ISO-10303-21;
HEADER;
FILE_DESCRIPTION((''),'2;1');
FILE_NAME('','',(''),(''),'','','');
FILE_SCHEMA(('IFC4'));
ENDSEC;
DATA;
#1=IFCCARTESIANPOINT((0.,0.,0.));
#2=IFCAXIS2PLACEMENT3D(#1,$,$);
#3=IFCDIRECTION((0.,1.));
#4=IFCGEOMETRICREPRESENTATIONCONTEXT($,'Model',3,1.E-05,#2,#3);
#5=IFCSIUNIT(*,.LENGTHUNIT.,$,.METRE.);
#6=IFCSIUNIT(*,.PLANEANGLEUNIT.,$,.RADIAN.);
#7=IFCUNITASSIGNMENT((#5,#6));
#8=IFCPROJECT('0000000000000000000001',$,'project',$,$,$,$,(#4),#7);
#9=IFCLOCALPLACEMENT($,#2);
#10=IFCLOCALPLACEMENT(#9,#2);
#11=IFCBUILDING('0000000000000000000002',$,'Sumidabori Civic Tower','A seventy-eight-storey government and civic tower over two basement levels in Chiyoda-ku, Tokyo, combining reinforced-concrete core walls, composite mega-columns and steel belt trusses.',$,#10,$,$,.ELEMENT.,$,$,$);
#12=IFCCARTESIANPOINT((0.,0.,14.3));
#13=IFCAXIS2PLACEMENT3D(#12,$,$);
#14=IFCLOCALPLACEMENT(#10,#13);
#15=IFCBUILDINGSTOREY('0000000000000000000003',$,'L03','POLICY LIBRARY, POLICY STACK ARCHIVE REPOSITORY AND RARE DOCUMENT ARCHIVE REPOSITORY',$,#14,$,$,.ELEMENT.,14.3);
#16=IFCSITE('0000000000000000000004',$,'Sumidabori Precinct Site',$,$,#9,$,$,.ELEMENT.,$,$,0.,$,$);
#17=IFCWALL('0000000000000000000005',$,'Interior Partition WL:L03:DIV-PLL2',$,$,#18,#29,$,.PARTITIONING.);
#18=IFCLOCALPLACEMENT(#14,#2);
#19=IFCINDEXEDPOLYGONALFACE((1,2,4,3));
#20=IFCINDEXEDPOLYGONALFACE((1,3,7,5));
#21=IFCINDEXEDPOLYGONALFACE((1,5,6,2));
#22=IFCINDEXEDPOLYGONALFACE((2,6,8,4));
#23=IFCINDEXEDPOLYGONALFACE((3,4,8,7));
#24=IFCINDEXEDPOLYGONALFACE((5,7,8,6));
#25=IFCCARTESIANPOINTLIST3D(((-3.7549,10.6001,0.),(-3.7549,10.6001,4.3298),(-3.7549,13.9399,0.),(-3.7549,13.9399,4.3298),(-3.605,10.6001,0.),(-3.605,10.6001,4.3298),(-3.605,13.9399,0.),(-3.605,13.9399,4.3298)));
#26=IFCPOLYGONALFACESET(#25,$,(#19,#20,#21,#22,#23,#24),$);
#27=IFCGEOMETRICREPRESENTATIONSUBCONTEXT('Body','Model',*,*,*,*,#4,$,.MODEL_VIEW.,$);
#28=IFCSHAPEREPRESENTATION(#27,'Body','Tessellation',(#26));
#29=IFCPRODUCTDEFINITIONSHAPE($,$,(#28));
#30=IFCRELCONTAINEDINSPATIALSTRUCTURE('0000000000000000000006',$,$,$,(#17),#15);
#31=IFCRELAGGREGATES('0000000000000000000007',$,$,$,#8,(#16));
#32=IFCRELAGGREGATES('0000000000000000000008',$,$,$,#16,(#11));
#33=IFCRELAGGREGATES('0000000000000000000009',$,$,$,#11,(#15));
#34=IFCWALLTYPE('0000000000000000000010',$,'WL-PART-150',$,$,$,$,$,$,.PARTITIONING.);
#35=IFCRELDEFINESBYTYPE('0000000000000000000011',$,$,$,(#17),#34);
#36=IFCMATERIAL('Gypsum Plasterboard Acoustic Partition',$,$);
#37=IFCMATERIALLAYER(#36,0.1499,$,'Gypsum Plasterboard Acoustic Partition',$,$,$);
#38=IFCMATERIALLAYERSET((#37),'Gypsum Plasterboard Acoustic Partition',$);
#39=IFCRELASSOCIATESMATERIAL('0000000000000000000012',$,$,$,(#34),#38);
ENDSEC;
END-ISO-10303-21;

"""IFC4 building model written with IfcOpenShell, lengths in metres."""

from ifc_helpers import new_model, si_unit, direction, frame, frame_2d, origin, place, context, subcontext, project, spatial, rectangle, extrude, source, transform, mapped, material, layer, layer_set, type_object, element, save


model = new_model("IFC4")

# Units and contexts
model_context = context("Model", 3, precision=1e-05, world=origin(), true_north=direction((0.0, 1.0)))
body_context = subcontext(model_context, "Body", "Model", "MODEL_VIEW")
ifc_project = project(units=[si_unit("LENGTHUNIT", "METRE"), si_unit("PLANEANGLEUNIT", "RADIAN")], contexts=[model_context])

# Site, building, storey
site_placement = place(None, origin())
site = spatial("IfcSite", under=ifc_project, at=site_placement, Name="Sumidabori Precinct Site", CompositionType="ELEMENT", RefElevation=0.0)
building_placement = place(site_placement, origin())
building = spatial("IfcBuilding", under=site, at=building_placement, Name="Sumidabori Civic Tower", Description="A seventy-eight-storey government and civic tower over two basement levels in Chiyoda-ku, Tokyo, combining reinforced-concrete core walls, composite mega-columns and steel belt trusses.", CompositionType="ELEMENT")
storey_placement = place(building_placement, frame((0.0, 0.0, 14.3)))
storey = spatial("IfcBuildingStorey", under=building, at=storey_placement, Name="L03", Description="POLICY LIBRARY, POLICY STACK ARCHIVE REPOSITORY AND RARE DOCUMENT ARCHIVE REPOSITORY", CompositionType="ELEMENT", Elevation=14.3)

# Wall
ifc_material_1 = material(Name="Gypsum Plasterboard Acoustic Partition")
ifc_layer_1 = layer(ifc_material_1, 0.1499, Name="Gypsum Plasterboard Acoustic Partition")
ifc_layer_set_1 = layer_set([ifc_layer_1], Name="Gypsum Plasterboard Acoustic Partition")
wall_type_1 = type_object("IfcWallType", Name="WL-PART-150", PredefinedType="PARTITIONING", material=ifc_layer_set_1)
shared_shape_1 = source(origin(), body_context, "Body", "SweptSolid", [
    extrude(rectangle(XDim=3.3398, YDim=0.1499, at=frame_2d((1.6699, 0.0))), origin(), (0.0, 0.0, 1.0), 4.3298),
])
for number, where, z_axis, x_axis, name in (
    (1, (-3.6799, 10.6001, 0.0), (0.0, 0.0, 1.0), (0.0, 1.0, 0.0), "Interior Partition WL:L03:DIV-PLL2"),
):
    element("IfcWall", number, at=place(storey_placement, frame(where, z_axis=z_axis, x_axis=x_axis)), inside=storey, type_object=wall_type_1, Name=name, PredefinedType="PARTITIONING", context=body_context, shape_type="MappedRepresentation", body=[
        mapped(shared_shape_1, transform((0.0, 0.0, 0.0), x_axis=(1.0, 0.0, 0.0), y_axis=(0.0, 1.0, 0.0), z_axis=(0.0, 0.0, 1.0), scale=1.0)),
    ])

save(model, "model.ifc")
